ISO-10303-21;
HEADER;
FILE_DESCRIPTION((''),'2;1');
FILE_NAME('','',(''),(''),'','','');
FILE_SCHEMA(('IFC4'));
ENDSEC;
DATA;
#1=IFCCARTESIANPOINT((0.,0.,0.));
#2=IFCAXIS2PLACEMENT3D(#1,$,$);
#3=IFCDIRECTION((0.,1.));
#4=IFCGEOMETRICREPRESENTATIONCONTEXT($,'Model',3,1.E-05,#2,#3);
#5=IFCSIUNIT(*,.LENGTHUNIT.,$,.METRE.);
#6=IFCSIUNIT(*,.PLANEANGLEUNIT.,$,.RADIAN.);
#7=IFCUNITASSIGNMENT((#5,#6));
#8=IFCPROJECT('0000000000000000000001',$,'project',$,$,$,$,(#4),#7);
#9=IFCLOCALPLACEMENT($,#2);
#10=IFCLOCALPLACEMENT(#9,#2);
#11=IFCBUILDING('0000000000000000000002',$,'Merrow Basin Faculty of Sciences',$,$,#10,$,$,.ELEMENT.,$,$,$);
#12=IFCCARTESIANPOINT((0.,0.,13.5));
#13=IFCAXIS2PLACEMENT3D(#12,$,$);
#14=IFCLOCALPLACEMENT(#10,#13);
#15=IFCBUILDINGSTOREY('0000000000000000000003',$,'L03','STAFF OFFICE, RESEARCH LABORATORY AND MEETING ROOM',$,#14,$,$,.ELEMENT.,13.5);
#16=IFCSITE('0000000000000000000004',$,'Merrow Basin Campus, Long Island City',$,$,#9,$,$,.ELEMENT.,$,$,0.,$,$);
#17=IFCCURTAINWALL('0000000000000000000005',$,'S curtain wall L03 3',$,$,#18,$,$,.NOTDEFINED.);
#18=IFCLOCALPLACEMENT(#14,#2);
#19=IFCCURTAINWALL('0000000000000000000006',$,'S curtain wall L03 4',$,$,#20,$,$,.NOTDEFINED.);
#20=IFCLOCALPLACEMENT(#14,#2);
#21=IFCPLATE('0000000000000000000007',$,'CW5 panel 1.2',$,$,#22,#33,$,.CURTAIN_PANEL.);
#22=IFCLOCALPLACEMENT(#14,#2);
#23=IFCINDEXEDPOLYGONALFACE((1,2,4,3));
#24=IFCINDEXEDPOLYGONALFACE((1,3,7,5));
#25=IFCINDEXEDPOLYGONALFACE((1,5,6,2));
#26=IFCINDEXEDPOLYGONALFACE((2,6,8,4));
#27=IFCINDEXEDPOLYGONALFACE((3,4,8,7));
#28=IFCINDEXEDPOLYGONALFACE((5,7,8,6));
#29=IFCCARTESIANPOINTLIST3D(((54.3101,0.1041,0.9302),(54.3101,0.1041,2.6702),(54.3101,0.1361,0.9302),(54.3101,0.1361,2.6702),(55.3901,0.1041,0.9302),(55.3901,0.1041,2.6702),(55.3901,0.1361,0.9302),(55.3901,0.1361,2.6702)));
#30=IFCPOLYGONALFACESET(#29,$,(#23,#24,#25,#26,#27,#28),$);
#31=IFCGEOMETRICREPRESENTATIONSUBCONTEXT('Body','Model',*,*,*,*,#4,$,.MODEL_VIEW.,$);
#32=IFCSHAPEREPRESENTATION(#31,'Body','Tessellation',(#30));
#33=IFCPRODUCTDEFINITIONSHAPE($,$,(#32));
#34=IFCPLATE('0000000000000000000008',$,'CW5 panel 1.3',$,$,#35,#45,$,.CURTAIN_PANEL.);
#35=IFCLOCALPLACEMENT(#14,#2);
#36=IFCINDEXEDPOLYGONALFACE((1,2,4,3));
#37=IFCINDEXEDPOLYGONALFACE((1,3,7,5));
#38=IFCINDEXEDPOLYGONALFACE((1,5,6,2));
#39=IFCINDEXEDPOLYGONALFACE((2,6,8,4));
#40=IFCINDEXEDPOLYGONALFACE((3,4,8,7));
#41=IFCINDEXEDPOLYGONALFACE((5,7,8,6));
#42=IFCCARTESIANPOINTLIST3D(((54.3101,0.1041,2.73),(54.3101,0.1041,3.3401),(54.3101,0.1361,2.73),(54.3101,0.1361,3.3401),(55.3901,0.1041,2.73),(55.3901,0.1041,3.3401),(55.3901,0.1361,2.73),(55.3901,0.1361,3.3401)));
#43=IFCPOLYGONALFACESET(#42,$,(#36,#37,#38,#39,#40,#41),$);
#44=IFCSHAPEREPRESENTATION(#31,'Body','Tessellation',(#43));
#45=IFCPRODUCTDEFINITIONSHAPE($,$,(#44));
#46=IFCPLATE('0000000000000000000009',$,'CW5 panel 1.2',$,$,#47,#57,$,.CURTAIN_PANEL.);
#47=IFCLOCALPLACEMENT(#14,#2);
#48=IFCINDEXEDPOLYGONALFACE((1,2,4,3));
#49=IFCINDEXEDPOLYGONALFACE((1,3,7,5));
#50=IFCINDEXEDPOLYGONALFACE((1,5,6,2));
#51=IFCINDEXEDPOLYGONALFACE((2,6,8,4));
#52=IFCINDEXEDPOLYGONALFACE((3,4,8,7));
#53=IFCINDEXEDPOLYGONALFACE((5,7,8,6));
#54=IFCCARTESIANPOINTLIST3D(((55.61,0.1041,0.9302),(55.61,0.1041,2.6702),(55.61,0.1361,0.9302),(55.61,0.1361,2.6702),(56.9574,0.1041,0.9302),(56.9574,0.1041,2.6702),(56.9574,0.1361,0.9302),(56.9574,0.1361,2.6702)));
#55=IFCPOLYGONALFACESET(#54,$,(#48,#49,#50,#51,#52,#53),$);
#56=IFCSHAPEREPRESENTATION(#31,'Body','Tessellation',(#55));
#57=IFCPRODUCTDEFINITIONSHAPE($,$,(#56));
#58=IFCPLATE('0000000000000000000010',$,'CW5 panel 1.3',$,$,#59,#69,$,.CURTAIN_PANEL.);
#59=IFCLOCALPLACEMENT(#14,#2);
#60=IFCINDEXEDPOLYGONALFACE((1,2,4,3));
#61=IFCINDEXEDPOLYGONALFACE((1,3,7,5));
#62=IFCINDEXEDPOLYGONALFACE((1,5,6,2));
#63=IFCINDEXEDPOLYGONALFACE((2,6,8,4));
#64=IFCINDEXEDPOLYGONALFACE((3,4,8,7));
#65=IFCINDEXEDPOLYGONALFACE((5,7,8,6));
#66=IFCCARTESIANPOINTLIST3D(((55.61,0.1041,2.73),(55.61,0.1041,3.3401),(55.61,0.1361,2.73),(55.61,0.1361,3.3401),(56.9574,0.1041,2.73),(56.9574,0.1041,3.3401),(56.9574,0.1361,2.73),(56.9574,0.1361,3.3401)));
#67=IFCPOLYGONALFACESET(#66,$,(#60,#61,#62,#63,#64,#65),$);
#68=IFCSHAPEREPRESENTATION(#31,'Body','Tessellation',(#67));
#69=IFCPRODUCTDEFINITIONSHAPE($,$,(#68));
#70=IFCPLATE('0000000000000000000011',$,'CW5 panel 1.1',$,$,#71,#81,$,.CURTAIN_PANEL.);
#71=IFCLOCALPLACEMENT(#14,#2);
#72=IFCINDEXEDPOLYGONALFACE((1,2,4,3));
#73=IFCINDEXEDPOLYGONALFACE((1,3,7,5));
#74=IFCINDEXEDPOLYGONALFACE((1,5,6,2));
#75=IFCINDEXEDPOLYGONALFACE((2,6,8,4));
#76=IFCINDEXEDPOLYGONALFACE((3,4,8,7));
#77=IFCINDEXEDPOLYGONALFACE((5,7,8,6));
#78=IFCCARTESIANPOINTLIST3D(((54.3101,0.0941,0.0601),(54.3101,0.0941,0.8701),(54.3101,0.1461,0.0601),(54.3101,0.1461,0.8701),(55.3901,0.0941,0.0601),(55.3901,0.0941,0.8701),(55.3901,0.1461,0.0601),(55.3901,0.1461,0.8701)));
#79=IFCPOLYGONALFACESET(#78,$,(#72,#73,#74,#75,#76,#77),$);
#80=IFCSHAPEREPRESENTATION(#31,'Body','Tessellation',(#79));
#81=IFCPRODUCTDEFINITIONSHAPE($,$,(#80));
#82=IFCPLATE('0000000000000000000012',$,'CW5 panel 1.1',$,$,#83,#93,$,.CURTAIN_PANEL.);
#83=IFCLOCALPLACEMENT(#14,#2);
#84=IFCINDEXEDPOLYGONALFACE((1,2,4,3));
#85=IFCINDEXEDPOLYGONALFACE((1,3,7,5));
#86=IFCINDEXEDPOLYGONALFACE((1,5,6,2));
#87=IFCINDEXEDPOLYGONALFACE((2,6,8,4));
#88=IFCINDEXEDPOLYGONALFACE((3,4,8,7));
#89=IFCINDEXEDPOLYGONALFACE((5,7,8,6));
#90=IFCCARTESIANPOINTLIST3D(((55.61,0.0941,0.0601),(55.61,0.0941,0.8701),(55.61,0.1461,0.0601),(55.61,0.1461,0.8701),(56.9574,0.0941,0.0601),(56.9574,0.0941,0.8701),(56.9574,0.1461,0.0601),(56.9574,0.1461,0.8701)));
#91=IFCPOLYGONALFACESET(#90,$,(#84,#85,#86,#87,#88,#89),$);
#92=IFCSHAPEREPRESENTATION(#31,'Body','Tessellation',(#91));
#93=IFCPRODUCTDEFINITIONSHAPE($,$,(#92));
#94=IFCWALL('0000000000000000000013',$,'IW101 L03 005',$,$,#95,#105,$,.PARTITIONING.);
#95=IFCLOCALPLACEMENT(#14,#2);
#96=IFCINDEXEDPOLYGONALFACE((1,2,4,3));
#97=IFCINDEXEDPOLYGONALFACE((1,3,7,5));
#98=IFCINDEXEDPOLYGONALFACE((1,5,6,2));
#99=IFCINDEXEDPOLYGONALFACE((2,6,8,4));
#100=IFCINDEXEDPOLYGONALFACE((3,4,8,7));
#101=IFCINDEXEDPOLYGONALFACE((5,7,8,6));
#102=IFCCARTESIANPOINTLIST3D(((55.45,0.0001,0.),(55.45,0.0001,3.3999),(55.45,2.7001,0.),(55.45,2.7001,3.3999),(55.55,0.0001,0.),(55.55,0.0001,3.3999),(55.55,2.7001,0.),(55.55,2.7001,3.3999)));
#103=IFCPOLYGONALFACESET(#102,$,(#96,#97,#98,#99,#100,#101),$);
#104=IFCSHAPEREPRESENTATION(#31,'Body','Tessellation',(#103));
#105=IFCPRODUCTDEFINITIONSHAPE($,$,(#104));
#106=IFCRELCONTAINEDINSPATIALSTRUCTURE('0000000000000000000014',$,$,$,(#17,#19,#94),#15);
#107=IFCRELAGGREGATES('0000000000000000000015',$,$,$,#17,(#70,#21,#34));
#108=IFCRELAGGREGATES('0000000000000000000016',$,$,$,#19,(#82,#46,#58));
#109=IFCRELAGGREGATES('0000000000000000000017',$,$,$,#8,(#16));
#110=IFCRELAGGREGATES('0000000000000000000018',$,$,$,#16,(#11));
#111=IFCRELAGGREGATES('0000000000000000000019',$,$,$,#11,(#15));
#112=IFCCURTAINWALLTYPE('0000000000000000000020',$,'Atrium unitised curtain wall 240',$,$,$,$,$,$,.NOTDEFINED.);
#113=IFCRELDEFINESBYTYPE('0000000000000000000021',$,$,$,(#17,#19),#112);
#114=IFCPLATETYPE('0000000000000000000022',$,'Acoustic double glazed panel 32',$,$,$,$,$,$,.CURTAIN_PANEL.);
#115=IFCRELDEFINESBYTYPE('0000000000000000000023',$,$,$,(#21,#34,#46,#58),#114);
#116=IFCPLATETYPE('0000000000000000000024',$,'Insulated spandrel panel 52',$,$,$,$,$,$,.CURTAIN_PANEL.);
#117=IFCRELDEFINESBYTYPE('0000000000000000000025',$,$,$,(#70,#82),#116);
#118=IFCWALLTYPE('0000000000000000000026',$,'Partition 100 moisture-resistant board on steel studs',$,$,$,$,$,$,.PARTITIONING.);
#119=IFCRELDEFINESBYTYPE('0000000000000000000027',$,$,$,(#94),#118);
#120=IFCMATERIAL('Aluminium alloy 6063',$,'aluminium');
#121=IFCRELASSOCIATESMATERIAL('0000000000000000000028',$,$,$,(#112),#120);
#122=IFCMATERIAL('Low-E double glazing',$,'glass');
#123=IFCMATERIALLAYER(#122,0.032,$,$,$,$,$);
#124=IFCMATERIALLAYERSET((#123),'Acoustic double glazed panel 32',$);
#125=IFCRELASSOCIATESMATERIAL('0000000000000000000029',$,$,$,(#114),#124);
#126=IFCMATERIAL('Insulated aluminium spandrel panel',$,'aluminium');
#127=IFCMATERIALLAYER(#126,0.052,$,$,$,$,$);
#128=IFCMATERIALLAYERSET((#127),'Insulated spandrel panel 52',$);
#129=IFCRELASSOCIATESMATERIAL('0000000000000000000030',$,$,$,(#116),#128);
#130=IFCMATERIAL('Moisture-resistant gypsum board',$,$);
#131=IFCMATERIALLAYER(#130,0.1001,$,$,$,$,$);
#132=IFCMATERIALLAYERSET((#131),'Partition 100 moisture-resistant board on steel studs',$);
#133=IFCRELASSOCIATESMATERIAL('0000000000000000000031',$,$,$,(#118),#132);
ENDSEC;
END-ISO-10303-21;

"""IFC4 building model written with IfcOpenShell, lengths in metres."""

from ifc_helpers import new_model, si_unit, direction, frame, frame_2d, origin, origin_2d, place, context, subcontext, project, spatial, rectangle, extrude, material, layer, layer_set, type_object, element, aggregate, save


model = new_model("IFC4")

# Units and contexts
model_context = context("Model", 3, precision=1e-05, world=origin(), true_north=direction((0.0, 1.0)))
body_context = subcontext(model_context, "Body", "Model", "MODEL_VIEW")
ifc_project = project(units=[si_unit("LENGTHUNIT", "METRE"), si_unit("PLANEANGLEUNIT", "RADIAN")], contexts=[model_context])

# Site, building, storey
site_placement = place(None, origin())
site = spatial("IfcSite", under=ifc_project, at=site_placement, Name="Merrow Basin Campus, Long Island City", CompositionType="ELEMENT", RefElevation=0.0)
building_placement = place(site_placement, origin())
building = spatial("IfcBuilding", under=site, at=building_placement, Name="Merrow Basin Faculty of Sciences", CompositionType="ELEMENT")
storey_placement = place(building_placement, frame((0.0, 0.0, 13.5)))
storey = spatial("IfcBuildingStorey", under=building, at=storey_placement, Name="L03", Description="STAFF OFFICE, RESEARCH LABORATORY AND MEETING ROOM", CompositionType="ELEMENT", Elevation=13.5)

# Curtain wall
ifc_material_1 = material(Name="Aluminium alloy 6063", Category="aluminium")
curtain_wall_type = type_object("IfcCurtainWallType", Name="Atrium unitised curtain wall 240", PredefinedType="NOTDEFINED", material=ifc_material_1)
curtain_wall_1_placement = place(storey_placement, origin())
curtain_wall_1 = element("IfcCurtainWall", 1, at=curtain_wall_1_placement, inside=storey, type_object=curtain_wall_type, Name="S curtain wall L03 3", PredefinedType="NOTDEFINED")

# Curtain wall
curtain_wall_2_placement = place(storey_placement, origin())
curtain_wall_2 = element("IfcCurtainWall", 2, at=curtain_wall_2_placement, inside=storey, type_object=curtain_wall_type, Name="S curtain wall L03 4", PredefinedType="NOTDEFINED")

# Plates
ifc_material_2 = material(Name="Low-E double glazing", Category="glass")
ifc_layer_1 = layer(ifc_material_2, 0.032)
ifc_layer_set_1 = layer_set([ifc_layer_1], Name="Acoustic double glazed panel 32")
plate_type_1 = type_object("IfcPlateType", Name="Acoustic double glazed panel 32", PredefinedType="CURTAIN_PANEL", material=ifc_layer_set_1)
plate_1_placement = place(storey_placement, frame((54.8501, 0.1201, 0.9302), z_axis=(0.0, 0.0, 1.0), x_axis=(1.0, 0.0, 0.0)))
plate_1 = element("IfcPlate", 3, at=plate_1_placement, type_object=plate_type_1, Name="CW5 panel 1.2", PredefinedType="CURTAIN_PANEL", context=body_context, shape_type="SweptSolid", body=[
    extrude(rectangle(XDim=1.0801, YDim=0.032, at=origin_2d()), origin(), (0.0, 0.0, 1.0), 1.74),
])
plate_2_placement = place(storey_placement, frame((54.8501, 0.1201, 2.73), z_axis=(0.0, 0.0, 1.0), x_axis=(1.0, 0.0, 0.0)))
plate_2 = element("IfcPlate", 4, at=plate_2_placement, type_object=plate_type_1, Name="CW5 panel 1.3", PredefinedType="CURTAIN_PANEL", context=body_context, shape_type="SweptSolid", body=[
    extrude(rectangle(XDim=1.0801, YDim=0.032, at=origin_2d()), origin(), (0.0, 0.0, 1.0), 0.6101),
])
plate_3_placement = place(storey_placement, frame((56.2837, 0.1201, 0.9302), z_axis=(0.0, 0.0, 1.0), x_axis=(1.0, 0.0, 0.0)))
plate_3 = element("IfcPlate", 5, at=plate_3_placement, type_object=plate_type_1, Name="CW5 panel 1.2", PredefinedType="CURTAIN_PANEL", context=body_context, shape_type="SweptSolid", body=[
    extrude(rectangle(XDim=1.3474, YDim=0.032, at=origin_2d()), origin(), (0.0, 0.0, 1.0), 1.74),
])
plate_4_placement = place(storey_placement, frame((56.2837, 0.1201, 2.73), z_axis=(0.0, 0.0, 1.0), x_axis=(1.0, 0.0, 0.0)))
plate_4 = element("IfcPlate", 6, at=plate_4_placement, type_object=plate_type_1, Name="CW5 panel 1.3", PredefinedType="CURTAIN_PANEL", context=body_context, shape_type="SweptSolid", body=[
    extrude(rectangle(XDim=1.3474, YDim=0.032, at=origin_2d()), origin(), (0.0, 0.0, 1.0), 0.6101),
])
ifc_material_3 = material(Name="Insulated aluminium spandrel panel", Category="aluminium")
ifc_layer_2 = layer(ifc_material_3, 0.052)
ifc_layer_set_2 = layer_set([ifc_layer_2], Name="Insulated spandrel panel 52")
plate_type_2 = type_object("IfcPlateType", Name="Insulated spandrel panel 52", PredefinedType="CURTAIN_PANEL", material=ifc_layer_set_2)
plate_5_placement = place(storey_placement, frame((54.8501, 0.1201, 0.0601), z_axis=(0.0, 0.0, 1.0), x_axis=(1.0, 0.0, 0.0)))
plate_5 = element("IfcPlate", 7, at=plate_5_placement, type_object=plate_type_2, Name="CW5 panel 1.1", PredefinedType="CURTAIN_PANEL", context=body_context, shape_type="SweptSolid", body=[
    extrude(rectangle(XDim=1.0801, YDim=0.052, at=origin_2d()), origin(), (0.0, 0.0, 1.0), 0.8101),
])
aggregate(curtain_wall_1, [plate_5, plate_1, plate_2])
plate_6_placement = place(storey_placement, frame((56.2837, 0.1201, 0.0601), z_axis=(0.0, 0.0, 1.0), x_axis=(1.0, 0.0, 0.0)))
plate_6 = element("IfcPlate", 8, at=plate_6_placement, type_object=plate_type_2, Name="CW5 panel 1.1", PredefinedType="CURTAIN_PANEL", context=body_context, shape_type="SweptSolid", body=[
    extrude(rectangle(XDim=1.3474, YDim=0.052, at=origin_2d()), origin(), (0.0, 0.0, 1.0), 0.8101),
])
aggregate(curtain_wall_2, [plate_6, plate_3, plate_4])

# Wall
ifc_material_4 = material(Name="Moisture-resistant gypsum board")
ifc_layer_3 = layer(ifc_material_4, 0.1001)
ifc_layer_set_3 = layer_set([ifc_layer_3], Name="Partition 100 moisture-resistant board on steel studs")
wall_type = type_object("IfcWallType", Name="Partition 100 moisture-resistant board on steel studs", PredefinedType="PARTITIONING", material=ifc_layer_set_3)
wall_placement = place(storey_placement, frame((55.5, 0.0, 0.0), z_axis=(0.0, 0.0, 1.0), x_axis=(0.0, 1.0, 0.0)))
element("IfcWall", 9, at=wall_placement, inside=storey, type_object=wall_type, Name="IW101 L03 005", PredefinedType="PARTITIONING", context=body_context, shape_type="SweptSolid", body=[
    extrude(rectangle(XDim=2.7, YDim=0.1001, at=frame_2d((1.3501, 0.0))), origin(), (0.0, 0.0, 1.0), 3.3999),
])

save(model, "model.ifc")
